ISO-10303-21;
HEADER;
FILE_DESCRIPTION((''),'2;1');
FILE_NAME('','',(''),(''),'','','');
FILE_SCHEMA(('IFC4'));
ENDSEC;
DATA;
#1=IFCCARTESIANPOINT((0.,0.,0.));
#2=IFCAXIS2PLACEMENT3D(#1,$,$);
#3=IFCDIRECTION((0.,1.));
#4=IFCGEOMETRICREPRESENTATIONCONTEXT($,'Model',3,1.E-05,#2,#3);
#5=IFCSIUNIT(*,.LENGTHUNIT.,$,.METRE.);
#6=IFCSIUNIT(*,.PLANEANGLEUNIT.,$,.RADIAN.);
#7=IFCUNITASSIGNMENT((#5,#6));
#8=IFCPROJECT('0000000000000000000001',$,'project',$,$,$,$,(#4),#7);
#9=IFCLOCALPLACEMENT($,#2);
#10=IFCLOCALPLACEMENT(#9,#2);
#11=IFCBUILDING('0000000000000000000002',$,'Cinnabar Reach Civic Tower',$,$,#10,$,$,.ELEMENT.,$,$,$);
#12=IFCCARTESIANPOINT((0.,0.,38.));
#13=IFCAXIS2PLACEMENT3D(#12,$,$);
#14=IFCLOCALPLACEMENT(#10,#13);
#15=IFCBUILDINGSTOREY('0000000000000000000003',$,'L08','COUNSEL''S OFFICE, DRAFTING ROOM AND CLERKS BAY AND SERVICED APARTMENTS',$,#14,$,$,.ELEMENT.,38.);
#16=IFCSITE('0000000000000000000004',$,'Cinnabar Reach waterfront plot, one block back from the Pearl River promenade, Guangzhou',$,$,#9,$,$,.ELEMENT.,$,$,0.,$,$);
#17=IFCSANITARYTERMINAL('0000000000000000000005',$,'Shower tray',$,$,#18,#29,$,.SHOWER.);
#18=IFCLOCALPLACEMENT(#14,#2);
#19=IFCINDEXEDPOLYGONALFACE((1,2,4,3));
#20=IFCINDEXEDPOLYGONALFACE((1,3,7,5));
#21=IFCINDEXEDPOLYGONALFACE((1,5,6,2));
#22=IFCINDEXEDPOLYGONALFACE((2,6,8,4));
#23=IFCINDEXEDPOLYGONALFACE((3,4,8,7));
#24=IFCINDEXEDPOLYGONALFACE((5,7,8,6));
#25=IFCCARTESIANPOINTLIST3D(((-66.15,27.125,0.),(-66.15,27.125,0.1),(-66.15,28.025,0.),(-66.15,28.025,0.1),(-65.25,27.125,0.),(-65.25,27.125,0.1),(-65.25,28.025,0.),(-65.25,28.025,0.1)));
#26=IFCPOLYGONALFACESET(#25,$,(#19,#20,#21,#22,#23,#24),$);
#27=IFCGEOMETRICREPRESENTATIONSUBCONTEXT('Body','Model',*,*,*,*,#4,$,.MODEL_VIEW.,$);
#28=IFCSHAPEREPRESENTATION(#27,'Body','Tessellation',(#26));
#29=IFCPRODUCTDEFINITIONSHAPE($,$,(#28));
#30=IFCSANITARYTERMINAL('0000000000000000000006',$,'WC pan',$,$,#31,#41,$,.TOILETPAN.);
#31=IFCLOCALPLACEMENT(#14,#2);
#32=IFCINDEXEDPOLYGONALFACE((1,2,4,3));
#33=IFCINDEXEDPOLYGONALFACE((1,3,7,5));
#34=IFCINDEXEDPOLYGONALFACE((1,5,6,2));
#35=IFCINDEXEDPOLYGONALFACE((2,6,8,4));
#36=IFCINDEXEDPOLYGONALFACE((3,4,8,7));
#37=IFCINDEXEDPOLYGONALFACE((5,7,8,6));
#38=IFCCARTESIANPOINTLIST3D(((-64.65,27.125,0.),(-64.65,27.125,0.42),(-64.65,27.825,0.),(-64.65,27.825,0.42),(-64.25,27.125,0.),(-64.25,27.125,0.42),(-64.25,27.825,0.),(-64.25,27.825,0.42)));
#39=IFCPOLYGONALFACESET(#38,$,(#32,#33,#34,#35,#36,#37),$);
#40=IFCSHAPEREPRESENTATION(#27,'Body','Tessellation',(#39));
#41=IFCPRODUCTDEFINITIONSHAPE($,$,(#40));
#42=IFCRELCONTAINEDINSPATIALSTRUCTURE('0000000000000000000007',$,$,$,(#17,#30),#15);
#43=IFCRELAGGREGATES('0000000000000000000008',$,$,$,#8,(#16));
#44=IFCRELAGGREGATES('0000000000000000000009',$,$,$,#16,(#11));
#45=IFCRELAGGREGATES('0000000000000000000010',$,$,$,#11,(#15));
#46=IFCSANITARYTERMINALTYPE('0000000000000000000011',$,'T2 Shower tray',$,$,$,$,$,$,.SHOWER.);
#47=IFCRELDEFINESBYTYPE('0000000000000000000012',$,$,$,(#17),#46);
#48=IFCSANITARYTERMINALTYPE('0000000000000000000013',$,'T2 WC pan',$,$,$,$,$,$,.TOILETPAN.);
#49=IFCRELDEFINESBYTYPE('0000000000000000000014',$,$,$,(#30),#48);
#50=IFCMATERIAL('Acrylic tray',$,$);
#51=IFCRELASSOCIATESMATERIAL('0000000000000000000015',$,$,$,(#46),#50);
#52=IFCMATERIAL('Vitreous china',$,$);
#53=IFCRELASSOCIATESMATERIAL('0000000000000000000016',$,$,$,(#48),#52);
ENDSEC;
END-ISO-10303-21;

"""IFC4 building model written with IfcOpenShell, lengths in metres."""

from ifc_helpers import new_model, si_unit, direction, frame, origin, origin_2d, place, context, subcontext, project, spatial, rectangle, extrude, material, type_object, element, save


model = new_model("IFC4")

# Units and contexts
model_context = context("Model", 3, precision=1e-05, world=origin(), true_north=direction((0.0, 1.0)))
body_context = subcontext(model_context, "Body", "Model", "MODEL_VIEW")
ifc_project = project(units=[si_unit("LENGTHUNIT", "METRE"), si_unit("PLANEANGLEUNIT", "RADIAN")], contexts=[model_context])

# Site, building, storey
site_placement = place(None, origin())
site = spatial("IfcSite", under=ifc_project, at=site_placement, Name="Cinnabar Reach waterfront plot, one block back from the Pearl River promenade, Guangzhou", CompositionType="ELEMENT", RefElevation=0.0)
building_placement = place(site_placement, origin())
building = spatial("IfcBuilding", under=site, at=building_placement, Name="Cinnabar Reach Civic Tower", CompositionType="ELEMENT")
storey_placement = place(building_placement, frame((0.0, 0.0, 38.0)))
storey = spatial("IfcBuildingStorey", under=building, at=storey_placement, Name="L08", Description="COUNSEL'S OFFICE, DRAFTING ROOM AND CLERKS BAY AND SERVICED APARTMENTS", CompositionType="ELEMENT", Elevation=38.0)

# Sanitary terminals
ifc_material_1 = material(Name="Acrylic tray")
sanitary_terminal_type_1 = type_object("IfcSanitaryTerminalType", Name="T2 Shower tray", PredefinedType="SHOWER", material=ifc_material_1)
sanitary_terminal_1_placement = place(storey_placement, frame((-65.7, 27.575, 0.0), z_axis=(0.0, 0.0, 1.0), x_axis=(1.0, 0.0, 0.0)))
element("IfcSanitaryTerminal", 1, at=sanitary_terminal_1_placement, inside=storey, type_object=sanitary_terminal_type_1, Name="Shower tray", PredefinedType="SHOWER", context=body_context, shape_type="SweptSolid", body=[
    extrude(rectangle(XDim=0.9, YDim=0.9, at=origin_2d()), origin(), (0.0, 0.0, 1.0), 0.1),
])
ifc_material_2 = material(Name="Vitreous china")
sanitary_terminal_type_2 = type_object("IfcSanitaryTerminalType", Name="T2 WC pan", PredefinedType="TOILETPAN", material=ifc_material_2)
sanitary_terminal_2_placement = place(storey_placement, frame((-64.45, 27.475, 0.0), z_axis=(0.0, 0.0, 1.0), x_axis=(1.0, 0.0, 0.0)))
element("IfcSanitaryTerminal", 2, at=sanitary_terminal_2_placement, inside=storey, type_object=sanitary_terminal_type_2, Name="WC pan", PredefinedType="TOILETPAN", context=body_context, shape_type="SweptSolid", body=[
    extrude(rectangle(XDim=0.4, YDim=0.7, at=origin_2d()), origin(), (0.0, 0.0, 1.0), 0.42),
])

save(model, "model.ifc")
